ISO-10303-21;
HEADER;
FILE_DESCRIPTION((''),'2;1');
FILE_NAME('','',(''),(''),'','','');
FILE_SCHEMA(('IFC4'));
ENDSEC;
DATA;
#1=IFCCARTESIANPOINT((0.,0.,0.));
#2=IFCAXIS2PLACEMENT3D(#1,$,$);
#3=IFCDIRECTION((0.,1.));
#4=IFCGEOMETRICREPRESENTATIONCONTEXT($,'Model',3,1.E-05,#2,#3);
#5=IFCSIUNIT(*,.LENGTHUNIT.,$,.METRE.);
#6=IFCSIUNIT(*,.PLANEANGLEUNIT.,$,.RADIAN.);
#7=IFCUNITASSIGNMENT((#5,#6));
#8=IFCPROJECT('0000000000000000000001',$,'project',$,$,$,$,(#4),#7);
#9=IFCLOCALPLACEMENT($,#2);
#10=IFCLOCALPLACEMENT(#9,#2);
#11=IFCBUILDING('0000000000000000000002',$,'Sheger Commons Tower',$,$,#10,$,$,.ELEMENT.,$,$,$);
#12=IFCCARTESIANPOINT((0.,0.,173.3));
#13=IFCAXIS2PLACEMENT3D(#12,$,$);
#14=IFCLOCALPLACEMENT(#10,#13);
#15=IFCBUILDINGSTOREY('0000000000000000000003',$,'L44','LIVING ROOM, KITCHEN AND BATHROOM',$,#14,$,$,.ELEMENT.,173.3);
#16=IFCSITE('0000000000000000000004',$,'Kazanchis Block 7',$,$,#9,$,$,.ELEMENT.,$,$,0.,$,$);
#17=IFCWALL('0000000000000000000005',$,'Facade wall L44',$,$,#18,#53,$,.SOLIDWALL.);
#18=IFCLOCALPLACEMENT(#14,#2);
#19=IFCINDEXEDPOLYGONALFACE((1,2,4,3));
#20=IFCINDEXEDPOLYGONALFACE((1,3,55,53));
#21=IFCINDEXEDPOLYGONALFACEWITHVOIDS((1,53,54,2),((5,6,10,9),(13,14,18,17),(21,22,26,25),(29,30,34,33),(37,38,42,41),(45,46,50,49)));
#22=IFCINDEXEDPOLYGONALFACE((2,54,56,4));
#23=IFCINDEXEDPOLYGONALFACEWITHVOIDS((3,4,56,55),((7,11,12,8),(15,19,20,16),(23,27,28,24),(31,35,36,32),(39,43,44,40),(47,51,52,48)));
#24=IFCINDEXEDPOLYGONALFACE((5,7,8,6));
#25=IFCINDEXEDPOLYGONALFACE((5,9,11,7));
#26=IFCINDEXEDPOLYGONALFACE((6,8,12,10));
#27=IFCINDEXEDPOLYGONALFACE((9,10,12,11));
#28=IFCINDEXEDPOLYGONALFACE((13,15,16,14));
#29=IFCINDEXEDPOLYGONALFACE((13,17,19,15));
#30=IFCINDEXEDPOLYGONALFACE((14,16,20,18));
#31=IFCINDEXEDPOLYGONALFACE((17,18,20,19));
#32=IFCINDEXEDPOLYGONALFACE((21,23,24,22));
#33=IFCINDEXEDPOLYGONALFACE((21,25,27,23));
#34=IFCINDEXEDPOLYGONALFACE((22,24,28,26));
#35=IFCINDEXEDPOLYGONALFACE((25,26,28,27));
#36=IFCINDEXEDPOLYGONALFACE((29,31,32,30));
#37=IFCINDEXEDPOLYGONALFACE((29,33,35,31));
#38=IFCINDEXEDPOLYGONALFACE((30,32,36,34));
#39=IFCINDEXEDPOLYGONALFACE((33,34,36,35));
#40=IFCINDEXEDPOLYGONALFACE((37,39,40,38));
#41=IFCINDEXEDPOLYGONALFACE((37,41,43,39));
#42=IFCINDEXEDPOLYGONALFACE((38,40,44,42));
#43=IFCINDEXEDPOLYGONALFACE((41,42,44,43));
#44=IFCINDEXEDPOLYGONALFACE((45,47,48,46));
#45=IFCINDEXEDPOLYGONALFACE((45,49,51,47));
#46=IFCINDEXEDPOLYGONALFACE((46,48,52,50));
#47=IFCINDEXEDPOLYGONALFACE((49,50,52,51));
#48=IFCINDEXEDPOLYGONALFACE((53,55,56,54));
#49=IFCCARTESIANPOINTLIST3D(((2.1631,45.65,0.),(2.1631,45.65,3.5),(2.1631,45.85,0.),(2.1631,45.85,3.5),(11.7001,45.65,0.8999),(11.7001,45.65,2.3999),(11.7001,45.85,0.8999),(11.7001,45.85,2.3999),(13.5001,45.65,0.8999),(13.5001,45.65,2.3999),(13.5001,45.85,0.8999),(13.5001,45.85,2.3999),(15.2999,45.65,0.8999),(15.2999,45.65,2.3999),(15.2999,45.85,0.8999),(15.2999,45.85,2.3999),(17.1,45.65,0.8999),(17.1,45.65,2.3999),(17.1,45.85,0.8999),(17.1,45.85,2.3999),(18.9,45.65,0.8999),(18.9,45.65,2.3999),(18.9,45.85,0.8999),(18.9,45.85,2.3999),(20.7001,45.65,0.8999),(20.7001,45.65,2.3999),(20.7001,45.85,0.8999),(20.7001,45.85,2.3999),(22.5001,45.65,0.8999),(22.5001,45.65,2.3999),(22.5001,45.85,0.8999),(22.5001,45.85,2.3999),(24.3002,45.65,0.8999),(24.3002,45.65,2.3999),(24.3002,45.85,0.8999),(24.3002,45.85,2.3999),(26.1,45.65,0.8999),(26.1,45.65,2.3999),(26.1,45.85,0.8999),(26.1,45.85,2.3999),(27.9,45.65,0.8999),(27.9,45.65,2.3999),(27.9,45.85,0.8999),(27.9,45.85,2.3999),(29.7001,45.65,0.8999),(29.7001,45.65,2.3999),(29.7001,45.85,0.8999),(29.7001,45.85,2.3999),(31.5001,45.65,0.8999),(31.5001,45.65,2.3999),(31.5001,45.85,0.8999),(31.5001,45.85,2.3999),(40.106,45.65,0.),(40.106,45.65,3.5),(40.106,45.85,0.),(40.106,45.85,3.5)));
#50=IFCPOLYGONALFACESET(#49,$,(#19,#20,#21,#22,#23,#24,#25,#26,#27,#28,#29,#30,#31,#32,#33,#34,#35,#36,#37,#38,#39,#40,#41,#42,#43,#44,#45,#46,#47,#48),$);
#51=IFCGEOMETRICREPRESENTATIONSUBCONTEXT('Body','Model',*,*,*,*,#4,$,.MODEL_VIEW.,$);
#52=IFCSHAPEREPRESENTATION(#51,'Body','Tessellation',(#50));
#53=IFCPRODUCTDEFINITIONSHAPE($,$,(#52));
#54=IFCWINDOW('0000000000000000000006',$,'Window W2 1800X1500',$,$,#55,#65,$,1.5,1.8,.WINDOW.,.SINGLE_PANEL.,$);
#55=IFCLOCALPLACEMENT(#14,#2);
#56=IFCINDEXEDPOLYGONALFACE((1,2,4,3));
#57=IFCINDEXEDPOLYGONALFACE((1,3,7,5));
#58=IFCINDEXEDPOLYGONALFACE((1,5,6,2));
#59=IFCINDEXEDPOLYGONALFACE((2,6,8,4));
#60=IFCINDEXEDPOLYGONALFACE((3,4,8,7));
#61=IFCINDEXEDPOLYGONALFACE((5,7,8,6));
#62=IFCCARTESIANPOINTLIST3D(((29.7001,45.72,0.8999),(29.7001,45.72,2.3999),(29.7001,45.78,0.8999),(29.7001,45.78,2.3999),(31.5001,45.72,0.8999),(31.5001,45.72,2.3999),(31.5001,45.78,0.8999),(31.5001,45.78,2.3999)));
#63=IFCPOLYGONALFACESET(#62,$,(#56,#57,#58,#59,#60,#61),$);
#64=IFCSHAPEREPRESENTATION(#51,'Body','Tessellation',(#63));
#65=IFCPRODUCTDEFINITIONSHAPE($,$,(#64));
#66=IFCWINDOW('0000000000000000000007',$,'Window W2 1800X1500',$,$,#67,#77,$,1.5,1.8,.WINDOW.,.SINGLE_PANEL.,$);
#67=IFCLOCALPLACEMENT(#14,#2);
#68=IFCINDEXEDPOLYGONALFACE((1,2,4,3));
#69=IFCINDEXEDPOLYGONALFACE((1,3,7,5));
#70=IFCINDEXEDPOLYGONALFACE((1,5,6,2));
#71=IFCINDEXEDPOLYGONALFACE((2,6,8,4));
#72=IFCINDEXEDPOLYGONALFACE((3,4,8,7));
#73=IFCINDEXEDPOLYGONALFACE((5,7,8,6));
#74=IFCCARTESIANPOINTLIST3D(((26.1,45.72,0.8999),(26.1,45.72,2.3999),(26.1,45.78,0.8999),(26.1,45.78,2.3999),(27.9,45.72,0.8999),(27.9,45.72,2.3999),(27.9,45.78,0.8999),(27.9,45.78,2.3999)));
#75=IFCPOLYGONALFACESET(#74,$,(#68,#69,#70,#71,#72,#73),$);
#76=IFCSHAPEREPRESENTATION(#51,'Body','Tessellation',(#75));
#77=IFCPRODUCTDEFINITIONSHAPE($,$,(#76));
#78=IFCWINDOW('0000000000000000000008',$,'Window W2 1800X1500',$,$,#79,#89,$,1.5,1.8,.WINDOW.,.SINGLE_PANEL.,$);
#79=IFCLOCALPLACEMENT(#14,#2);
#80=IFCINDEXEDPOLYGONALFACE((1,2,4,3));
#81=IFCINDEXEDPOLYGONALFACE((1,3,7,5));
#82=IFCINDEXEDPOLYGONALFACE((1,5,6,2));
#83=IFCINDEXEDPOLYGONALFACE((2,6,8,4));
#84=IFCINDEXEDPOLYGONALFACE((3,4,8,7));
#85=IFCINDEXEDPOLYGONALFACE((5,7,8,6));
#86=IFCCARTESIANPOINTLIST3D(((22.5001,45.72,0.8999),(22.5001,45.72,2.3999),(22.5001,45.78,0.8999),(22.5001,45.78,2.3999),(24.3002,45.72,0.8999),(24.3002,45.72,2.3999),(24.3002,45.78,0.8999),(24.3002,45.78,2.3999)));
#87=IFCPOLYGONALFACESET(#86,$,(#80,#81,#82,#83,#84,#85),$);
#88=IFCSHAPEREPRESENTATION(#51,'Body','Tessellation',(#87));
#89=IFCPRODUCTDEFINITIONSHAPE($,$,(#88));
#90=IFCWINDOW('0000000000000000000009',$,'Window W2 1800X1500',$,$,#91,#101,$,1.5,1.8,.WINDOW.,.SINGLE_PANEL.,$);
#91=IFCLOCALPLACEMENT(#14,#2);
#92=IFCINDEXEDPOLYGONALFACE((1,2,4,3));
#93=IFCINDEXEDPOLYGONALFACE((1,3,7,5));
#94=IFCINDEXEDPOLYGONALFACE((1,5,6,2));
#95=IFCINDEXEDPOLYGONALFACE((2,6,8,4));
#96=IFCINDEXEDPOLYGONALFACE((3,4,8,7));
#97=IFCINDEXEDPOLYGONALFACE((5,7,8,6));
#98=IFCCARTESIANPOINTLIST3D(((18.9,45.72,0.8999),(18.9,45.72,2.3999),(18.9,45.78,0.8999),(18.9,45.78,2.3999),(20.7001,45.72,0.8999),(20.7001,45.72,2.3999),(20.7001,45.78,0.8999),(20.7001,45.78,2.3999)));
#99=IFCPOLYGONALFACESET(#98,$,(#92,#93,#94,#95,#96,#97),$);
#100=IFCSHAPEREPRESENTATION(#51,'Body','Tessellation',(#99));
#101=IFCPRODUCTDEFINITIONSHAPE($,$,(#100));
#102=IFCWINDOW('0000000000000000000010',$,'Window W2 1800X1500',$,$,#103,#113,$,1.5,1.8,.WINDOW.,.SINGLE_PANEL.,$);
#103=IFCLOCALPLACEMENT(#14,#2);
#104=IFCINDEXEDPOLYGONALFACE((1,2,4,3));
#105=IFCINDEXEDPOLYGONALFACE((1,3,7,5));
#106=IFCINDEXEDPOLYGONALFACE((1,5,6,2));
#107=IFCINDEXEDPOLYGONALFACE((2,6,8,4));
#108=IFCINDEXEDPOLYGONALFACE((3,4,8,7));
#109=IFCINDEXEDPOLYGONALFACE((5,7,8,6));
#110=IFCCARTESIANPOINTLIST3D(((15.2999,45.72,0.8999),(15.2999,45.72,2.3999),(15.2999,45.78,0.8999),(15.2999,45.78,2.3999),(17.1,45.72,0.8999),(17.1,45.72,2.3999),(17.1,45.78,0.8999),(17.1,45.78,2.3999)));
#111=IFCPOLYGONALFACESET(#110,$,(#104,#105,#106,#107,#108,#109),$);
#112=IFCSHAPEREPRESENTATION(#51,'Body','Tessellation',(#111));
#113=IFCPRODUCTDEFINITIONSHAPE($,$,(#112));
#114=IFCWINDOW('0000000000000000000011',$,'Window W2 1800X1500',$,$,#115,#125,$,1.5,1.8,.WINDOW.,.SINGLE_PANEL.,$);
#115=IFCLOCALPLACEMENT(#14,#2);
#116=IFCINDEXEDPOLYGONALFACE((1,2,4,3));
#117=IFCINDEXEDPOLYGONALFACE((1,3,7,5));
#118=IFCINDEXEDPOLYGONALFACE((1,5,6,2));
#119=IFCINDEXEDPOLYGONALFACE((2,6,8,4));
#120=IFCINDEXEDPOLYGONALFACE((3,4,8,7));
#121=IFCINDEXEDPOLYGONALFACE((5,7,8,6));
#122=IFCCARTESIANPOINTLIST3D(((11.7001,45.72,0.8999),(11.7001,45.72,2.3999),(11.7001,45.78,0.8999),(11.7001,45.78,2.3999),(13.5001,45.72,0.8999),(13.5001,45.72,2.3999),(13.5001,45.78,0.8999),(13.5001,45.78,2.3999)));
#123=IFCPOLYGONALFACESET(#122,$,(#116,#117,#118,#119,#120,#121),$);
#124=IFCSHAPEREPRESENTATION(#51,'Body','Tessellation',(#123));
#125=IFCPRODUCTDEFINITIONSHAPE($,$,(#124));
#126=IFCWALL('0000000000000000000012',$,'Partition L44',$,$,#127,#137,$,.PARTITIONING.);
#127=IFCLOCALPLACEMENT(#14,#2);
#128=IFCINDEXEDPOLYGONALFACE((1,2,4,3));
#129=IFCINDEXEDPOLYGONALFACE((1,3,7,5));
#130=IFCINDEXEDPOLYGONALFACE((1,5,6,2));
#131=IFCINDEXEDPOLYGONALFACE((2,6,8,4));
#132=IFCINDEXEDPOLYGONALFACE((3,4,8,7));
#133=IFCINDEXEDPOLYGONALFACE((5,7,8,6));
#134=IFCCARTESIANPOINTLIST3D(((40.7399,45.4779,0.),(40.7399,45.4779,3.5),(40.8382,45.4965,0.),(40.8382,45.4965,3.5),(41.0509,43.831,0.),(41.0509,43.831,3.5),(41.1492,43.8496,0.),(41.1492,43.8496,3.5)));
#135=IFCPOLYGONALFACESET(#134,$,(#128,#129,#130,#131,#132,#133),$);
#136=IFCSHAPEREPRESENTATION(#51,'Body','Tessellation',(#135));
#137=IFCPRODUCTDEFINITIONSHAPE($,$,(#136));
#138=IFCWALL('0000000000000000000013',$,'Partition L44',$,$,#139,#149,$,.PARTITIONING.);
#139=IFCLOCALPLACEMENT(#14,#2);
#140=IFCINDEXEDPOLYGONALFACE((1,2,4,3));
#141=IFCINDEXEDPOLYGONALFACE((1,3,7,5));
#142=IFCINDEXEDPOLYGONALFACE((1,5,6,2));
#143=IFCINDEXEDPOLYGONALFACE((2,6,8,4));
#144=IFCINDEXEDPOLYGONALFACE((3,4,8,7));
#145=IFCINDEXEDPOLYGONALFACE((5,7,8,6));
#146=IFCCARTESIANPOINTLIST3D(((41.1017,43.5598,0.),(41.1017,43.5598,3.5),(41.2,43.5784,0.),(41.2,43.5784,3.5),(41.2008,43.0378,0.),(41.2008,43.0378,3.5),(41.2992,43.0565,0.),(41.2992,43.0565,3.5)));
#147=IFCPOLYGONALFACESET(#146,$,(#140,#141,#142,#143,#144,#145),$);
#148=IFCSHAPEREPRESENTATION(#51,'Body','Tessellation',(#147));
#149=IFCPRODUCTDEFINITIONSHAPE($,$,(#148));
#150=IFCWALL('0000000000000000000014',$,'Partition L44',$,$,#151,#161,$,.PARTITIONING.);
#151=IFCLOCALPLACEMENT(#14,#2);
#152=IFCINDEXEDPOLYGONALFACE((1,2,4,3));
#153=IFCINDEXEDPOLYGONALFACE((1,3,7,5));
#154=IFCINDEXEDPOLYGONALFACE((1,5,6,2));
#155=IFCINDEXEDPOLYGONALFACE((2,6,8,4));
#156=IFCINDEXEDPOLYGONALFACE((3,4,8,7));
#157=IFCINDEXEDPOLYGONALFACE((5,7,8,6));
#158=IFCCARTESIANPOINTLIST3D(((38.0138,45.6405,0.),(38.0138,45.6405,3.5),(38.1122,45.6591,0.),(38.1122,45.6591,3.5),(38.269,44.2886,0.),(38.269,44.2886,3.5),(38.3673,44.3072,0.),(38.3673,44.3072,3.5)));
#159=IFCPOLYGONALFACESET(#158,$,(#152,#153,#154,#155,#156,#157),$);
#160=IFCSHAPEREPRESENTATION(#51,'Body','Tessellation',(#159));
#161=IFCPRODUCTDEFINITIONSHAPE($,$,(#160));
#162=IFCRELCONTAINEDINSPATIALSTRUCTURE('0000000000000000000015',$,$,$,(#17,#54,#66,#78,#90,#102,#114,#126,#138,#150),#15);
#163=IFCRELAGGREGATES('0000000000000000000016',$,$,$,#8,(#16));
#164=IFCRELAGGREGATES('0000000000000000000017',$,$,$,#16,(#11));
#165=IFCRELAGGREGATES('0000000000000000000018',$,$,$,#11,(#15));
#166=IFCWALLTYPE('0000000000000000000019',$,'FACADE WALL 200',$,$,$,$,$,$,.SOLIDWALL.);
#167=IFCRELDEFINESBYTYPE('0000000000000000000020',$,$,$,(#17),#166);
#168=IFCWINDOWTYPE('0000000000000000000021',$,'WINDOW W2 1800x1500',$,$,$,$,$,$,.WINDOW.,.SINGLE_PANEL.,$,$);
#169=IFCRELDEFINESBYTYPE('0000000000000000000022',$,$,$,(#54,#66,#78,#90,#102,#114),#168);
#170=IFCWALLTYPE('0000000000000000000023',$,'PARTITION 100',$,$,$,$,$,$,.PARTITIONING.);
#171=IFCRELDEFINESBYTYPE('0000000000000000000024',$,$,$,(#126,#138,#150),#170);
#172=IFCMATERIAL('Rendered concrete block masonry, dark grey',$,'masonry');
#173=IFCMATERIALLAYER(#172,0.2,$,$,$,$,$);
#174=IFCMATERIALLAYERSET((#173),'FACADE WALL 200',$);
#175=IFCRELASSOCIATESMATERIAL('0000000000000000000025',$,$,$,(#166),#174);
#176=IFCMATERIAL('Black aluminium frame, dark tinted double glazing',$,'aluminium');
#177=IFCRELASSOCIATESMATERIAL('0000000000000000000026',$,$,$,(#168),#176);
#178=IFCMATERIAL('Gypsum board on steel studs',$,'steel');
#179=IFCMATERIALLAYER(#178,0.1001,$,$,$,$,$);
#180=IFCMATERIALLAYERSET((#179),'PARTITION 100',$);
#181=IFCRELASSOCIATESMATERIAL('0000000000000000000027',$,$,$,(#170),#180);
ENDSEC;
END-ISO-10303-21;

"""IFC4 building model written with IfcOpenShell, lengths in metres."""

from ifc_helpers import new_model, si_unit, direction, frame, frame_2d, origin, place, context, subcontext, project, spatial, rectangle, extrude, material, layer, layer_set, type_object, element, fill, save


model = new_model("IFC4")

# Units and contexts
model_context = context("Model", 3, precision=1e-05, world=origin(), true_north=direction((0.0, 1.0)))
body_context = subcontext(model_context, "Body", "Model", "MODEL_VIEW")
ifc_project = project(units=[si_unit("LENGTHUNIT", "METRE"), si_unit("PLANEANGLEUNIT", "RADIAN")], contexts=[model_context])

# Site, building, storey
site_placement = place(None, origin())
site = spatial("IfcSite", under=ifc_project, at=site_placement, Name="Kazanchis Block 7", CompositionType="ELEMENT", RefElevation=0.0)
building_placement = place(site_placement, origin())
building = spatial("IfcBuilding", under=site, at=building_placement, Name="Sheger Commons Tower", CompositionType="ELEMENT")
storey_placement = place(building_placement, frame((0.0, 0.0, 173.3)))
storey = spatial("IfcBuildingStorey", under=building, at=storey_placement, Name="L44", Description="LIVING ROOM, KITCHEN AND BATHROOM", CompositionType="ELEMENT", Elevation=173.3)

# Shared definitions
ifc_material_1 = material(Name="Rendered concrete block masonry, dark grey", Category="masonry")
ifc_layer_1 = layer(ifc_material_1, 0.2)
ifc_layer_set_1 = layer_set([ifc_layer_1], Name="FACADE WALL 200")
wall_type_1 = type_object("IfcWallType", Name="FACADE WALL 200", PredefinedType="SOLIDWALL", material=ifc_layer_set_1)

# Wall, openings, windows
wall_1_placement = place(storey_placement, frame((40.106, 45.75, 0.0), z_axis=(0.0, 0.0, 1.0), x_axis=(-1.0, 0.0, 0.0)))
wall_1 = element("IfcWall", 1, at=wall_1_placement, inside=storey, type_object=wall_type_1, Name="Facade wall L44", PredefinedType="SOLIDWALL", context=body_context, shape_type="SweptSolid", body=[
    extrude(rectangle(XDim=37.9429, YDim=0.2, at=frame_2d((18.9714, 0.0))), origin(), (0.0, 0.0, 1.0), 3.5),
])
opening_1_placement = place(wall_1_placement, frame((8.606, 0.0, 0.8999)))
opening_1 = element("IfcOpeningElement", 2, at=opening_1_placement, cuts=wall_1, PredefinedType="OPENING", context=body_context, shape_type="SweptSolid", body=[
    extrude(rectangle(XDim=1.8, YDim=1.5, at=frame_2d((0.8999, 0.75))), frame((0.0, 0.1099, 0.0), z_axis=(0.0, -1.0, 0.0), x_axis=(1.0, 0.0, 0.0)), (0.0, 0.0, 1.0), 0.22),
])
opening_2_placement = place(wall_1_placement, frame((12.2061, 0.0, 0.8999)))
opening_2 = element("IfcOpeningElement", 3, at=opening_2_placement, cuts=wall_1, PredefinedType="OPENING", context=body_context, shape_type="SweptSolid", body=[
    extrude(rectangle(XDim=1.8, YDim=1.5, at=frame_2d((0.8999, 0.75))), frame((0.0, 0.1099, 0.0), z_axis=(0.0, -1.0, 0.0), x_axis=(1.0, 0.0, 0.0)), (0.0, 0.0, 1.0), 0.22),
])
opening_3_placement = place(wall_1_placement, frame((15.8059, 0.0, 0.8999)))
opening_3 = element("IfcOpeningElement", 4, at=opening_3_placement, cuts=wall_1, PredefinedType="OPENING", context=body_context, shape_type="SweptSolid", body=[
    extrude(rectangle(XDim=1.8, YDim=1.5, at=frame_2d((0.8999, 0.75))), frame((0.0, 0.1099, 0.0), z_axis=(0.0, -1.0, 0.0), x_axis=(1.0, 0.0, 0.0)), (0.0, 0.0, 1.0), 0.22),
])
opening_4_placement = place(wall_1_placement, frame((19.406, 0.0, 0.8999)))
opening_4 = element("IfcOpeningElement", 5, at=opening_4_placement, cuts=wall_1, PredefinedType="OPENING", context=body_context, shape_type="SweptSolid", body=[
    extrude(rectangle(XDim=1.8, YDim=1.5, at=frame_2d((0.8999, 0.75))), frame((0.0, 0.1099, 0.0), z_axis=(0.0, -1.0, 0.0), x_axis=(1.0, 0.0, 0.0)), (0.0, 0.0, 1.0), 0.22),
])
opening_5_placement = place(wall_1_placement, frame((23.0061, 0.0, 0.8999)))
opening_5 = element("IfcOpeningElement", 6, at=opening_5_placement, cuts=wall_1, PredefinedType="OPENING", context=body_context, shape_type="SweptSolid", body=[
    extrude(rectangle(XDim=1.8, YDim=1.5, at=frame_2d((0.8999, 0.75))), frame((0.0, 0.1099, 0.0), z_axis=(0.0, -1.0, 0.0), x_axis=(1.0, 0.0, 0.0)), (0.0, 0.0, 1.0), 0.22),
])
opening_6_placement = place(wall_1_placement, frame((26.606, 0.0, 0.8999)))
opening_6 = element("IfcOpeningElement", 7, at=opening_6_placement, cuts=wall_1, PredefinedType="OPENING", context=body_context, shape_type="SweptSolid", body=[
    extrude(rectangle(XDim=1.8, YDim=1.5, at=frame_2d((0.8999, 0.75))), frame((0.0, 0.1099, 0.0), z_axis=(0.0, -1.0, 0.0), x_axis=(1.0, 0.0, 0.0)), (0.0, 0.0, 1.0), 0.22),
])
ifc_material_2 = material(Name="Black aluminium frame, dark tinted double glazing", Category="aluminium")
window_type = type_object("IfcWindowType", Name="WINDOW W2 1800x1500", PartitioningType="SINGLE_PANEL", PredefinedType="WINDOW", material=ifc_material_2)
window_1_placement = place(opening_1_placement, origin())
window_1 = element("IfcWindow", 8, at=window_1_placement, inside=storey, type_object=window_type, Name="Window W2 1800X1500", OverallHeight=1.5, OverallWidth=1.8, PartitioningType="SINGLE_PANEL", PredefinedType="WINDOW", context=body_context, shape_type="SweptSolid", body=[
    extrude(rectangle(XDim=1.8, YDim=1.5, at=frame_2d((0.8999, 0.75))), frame((0.0, 0.03, 0.0), z_axis=(0.0, -1.0, 0.0), x_axis=(1.0, 0.0, 0.0)), (0.0, 0.0, 1.0), 0.0601),
])
fill(opening_1, window_1)
window_2_placement = place(opening_2_placement, origin())
window_2 = element("IfcWindow", 9, at=window_2_placement, inside=storey, type_object=window_type, Name="Window W2 1800X1500", OverallHeight=1.5, OverallWidth=1.8, PartitioningType="SINGLE_PANEL", PredefinedType="WINDOW", context=body_context, shape_type="SweptSolid", body=[
    extrude(rectangle(XDim=1.8, YDim=1.5, at=frame_2d((0.8999, 0.75))), frame((0.0, 0.03, 0.0), z_axis=(0.0, -1.0, 0.0), x_axis=(1.0, 0.0, 0.0)), (0.0, 0.0, 1.0), 0.0601),
])
fill(opening_2, window_2)
window_3_placement = place(opening_3_placement, origin())
window_3 = element("IfcWindow", 10, at=window_3_placement, inside=storey, type_object=window_type, Name="Window W2 1800X1500", OverallHeight=1.5, OverallWidth=1.8, PartitioningType="SINGLE_PANEL", PredefinedType="WINDOW", context=body_context, shape_type="SweptSolid", body=[
    extrude(rectangle(XDim=1.8, YDim=1.5, at=frame_2d((0.8999, 0.75))), frame((0.0, 0.03, 0.0), z_axis=(0.0, -1.0, 0.0), x_axis=(1.0, 0.0, 0.0)), (0.0, 0.0, 1.0), 0.0601),
])
fill(opening_3, window_3)
window_4_placement = place(opening_4_placement, origin())
window_4 = element("IfcWindow", 11, at=window_4_placement, inside=storey, type_object=window_type, Name="Window W2 1800X1500", OverallHeight=1.5, OverallWidth=1.8, PartitioningType="SINGLE_PANEL", PredefinedType="WINDOW", context=body_context, shape_type="SweptSolid", body=[
    extrude(rectangle(XDim=1.8, YDim=1.5, at=frame_2d((0.8999, 0.75))), frame((0.0, 0.03, 0.0), z_axis=(0.0, -1.0, 0.0), x_axis=(1.0, 0.0, 0.0)), (0.0, 0.0, 1.0), 0.0601),
])
fill(opening_4, window_4)
window_5_placement = place(opening_5_placement, origin())
window_5 = element("IfcWindow", 12, at=window_5_placement, inside=storey, type_object=window_type, Name="Window W2 1800X1500", OverallHeight=1.5, OverallWidth=1.8, PartitioningType="SINGLE_PANEL", PredefinedType="WINDOW", context=body_context, shape_type="SweptSolid", body=[
    extrude(rectangle(XDim=1.8, YDim=1.5, at=frame_2d((0.8999, 0.75))), frame((0.0, 0.03, 0.0), z_axis=(0.0, -1.0, 0.0), x_axis=(1.0, 0.0, 0.0)), (0.0, 0.0, 1.0), 0.0601),
])
fill(opening_5, window_5)
window_6_placement = place(opening_6_placement, origin())
window_6 = element("IfcWindow", 13, at=window_6_placement, inside=storey, type_object=window_type, Name="Window W2 1800X1500", OverallHeight=1.5, OverallWidth=1.8, PartitioningType="SINGLE_PANEL", PredefinedType="WINDOW", context=body_context, shape_type="SweptSolid", body=[
    extrude(rectangle(XDim=1.8, YDim=1.5, at=frame_2d((0.8999, 0.75))), frame((0.0, 0.03, 0.0), z_axis=(0.0, -1.0, 0.0), x_axis=(1.0, 0.0, 0.0)), (0.0, 0.0, 1.0), 0.0601),
])
fill(opening_6, window_6)

# Walls
ifc_material_3 = material(Name="Gypsum board on steel studs", Category="steel")
ifc_layer_2 = layer(ifc_material_3, 0.1001)
ifc_layer_set_2 = layer_set([ifc_layer_2], Name="PARTITION 100")
wall_type_2 = type_object("IfcWallType", Name="PARTITION 100", PredefinedType="PARTITIONING", material=ifc_layer_set_2)
wall_2_placement = place(storey_placement, frame((40.7891, 45.4871, 0.0), z_axis=(0.0, 0.0, 1.0), x_axis=(0.185572, -0.982631, 0.0)))
element("IfcWall", 14, at=wall_2_placement, inside=storey, type_object=wall_type_2, Name="Partition L44", PredefinedType="PARTITIONING", context=body_context, shape_type="SweptSolid", body=[
    extrude(rectangle(XDim=1.676, YDim=0.1001, at=frame_2d((0.8379, 0.0))), origin(), (0.0, 0.0, 1.0), 3.5),
])
wall_3_placement = place(storey_placement, frame((41.1509, 43.5691, 0.0), z_axis=(0.0, 0.0, 1.0), x_axis=(0.186563, -0.982443, 0.0)))
element("IfcWall", 15, at=wall_3_placement, inside=storey, type_object=wall_type_2, Name="Partition L44", PredefinedType="PARTITIONING", context=body_context, shape_type="SweptSolid", body=[
    extrude(rectangle(XDim=0.5312, YDim=0.1001, at=frame_2d((0.2656, 0.0))), origin(), (0.0, 0.0, 1.0), 3.5),
])
wall_4_placement = place(storey_placement, frame((38.063, 45.6499, 0.0), z_axis=(0.0, 0.0, 1.0), x_axis=(0.185456, -0.982653, 0.0)))
element("IfcWall", 16, at=wall_4_placement, inside=storey, type_object=wall_type_2, Name="Partition L44", PredefinedType="PARTITIONING", context=body_context, shape_type="SweptSolid", body=[
    extrude(rectangle(XDim=1.3757, YDim=0.1001, at=frame_2d((0.688, 0.0))), origin(), (0.0, 0.0, 1.0), 3.5),
])

save(model, "model.ifc")
